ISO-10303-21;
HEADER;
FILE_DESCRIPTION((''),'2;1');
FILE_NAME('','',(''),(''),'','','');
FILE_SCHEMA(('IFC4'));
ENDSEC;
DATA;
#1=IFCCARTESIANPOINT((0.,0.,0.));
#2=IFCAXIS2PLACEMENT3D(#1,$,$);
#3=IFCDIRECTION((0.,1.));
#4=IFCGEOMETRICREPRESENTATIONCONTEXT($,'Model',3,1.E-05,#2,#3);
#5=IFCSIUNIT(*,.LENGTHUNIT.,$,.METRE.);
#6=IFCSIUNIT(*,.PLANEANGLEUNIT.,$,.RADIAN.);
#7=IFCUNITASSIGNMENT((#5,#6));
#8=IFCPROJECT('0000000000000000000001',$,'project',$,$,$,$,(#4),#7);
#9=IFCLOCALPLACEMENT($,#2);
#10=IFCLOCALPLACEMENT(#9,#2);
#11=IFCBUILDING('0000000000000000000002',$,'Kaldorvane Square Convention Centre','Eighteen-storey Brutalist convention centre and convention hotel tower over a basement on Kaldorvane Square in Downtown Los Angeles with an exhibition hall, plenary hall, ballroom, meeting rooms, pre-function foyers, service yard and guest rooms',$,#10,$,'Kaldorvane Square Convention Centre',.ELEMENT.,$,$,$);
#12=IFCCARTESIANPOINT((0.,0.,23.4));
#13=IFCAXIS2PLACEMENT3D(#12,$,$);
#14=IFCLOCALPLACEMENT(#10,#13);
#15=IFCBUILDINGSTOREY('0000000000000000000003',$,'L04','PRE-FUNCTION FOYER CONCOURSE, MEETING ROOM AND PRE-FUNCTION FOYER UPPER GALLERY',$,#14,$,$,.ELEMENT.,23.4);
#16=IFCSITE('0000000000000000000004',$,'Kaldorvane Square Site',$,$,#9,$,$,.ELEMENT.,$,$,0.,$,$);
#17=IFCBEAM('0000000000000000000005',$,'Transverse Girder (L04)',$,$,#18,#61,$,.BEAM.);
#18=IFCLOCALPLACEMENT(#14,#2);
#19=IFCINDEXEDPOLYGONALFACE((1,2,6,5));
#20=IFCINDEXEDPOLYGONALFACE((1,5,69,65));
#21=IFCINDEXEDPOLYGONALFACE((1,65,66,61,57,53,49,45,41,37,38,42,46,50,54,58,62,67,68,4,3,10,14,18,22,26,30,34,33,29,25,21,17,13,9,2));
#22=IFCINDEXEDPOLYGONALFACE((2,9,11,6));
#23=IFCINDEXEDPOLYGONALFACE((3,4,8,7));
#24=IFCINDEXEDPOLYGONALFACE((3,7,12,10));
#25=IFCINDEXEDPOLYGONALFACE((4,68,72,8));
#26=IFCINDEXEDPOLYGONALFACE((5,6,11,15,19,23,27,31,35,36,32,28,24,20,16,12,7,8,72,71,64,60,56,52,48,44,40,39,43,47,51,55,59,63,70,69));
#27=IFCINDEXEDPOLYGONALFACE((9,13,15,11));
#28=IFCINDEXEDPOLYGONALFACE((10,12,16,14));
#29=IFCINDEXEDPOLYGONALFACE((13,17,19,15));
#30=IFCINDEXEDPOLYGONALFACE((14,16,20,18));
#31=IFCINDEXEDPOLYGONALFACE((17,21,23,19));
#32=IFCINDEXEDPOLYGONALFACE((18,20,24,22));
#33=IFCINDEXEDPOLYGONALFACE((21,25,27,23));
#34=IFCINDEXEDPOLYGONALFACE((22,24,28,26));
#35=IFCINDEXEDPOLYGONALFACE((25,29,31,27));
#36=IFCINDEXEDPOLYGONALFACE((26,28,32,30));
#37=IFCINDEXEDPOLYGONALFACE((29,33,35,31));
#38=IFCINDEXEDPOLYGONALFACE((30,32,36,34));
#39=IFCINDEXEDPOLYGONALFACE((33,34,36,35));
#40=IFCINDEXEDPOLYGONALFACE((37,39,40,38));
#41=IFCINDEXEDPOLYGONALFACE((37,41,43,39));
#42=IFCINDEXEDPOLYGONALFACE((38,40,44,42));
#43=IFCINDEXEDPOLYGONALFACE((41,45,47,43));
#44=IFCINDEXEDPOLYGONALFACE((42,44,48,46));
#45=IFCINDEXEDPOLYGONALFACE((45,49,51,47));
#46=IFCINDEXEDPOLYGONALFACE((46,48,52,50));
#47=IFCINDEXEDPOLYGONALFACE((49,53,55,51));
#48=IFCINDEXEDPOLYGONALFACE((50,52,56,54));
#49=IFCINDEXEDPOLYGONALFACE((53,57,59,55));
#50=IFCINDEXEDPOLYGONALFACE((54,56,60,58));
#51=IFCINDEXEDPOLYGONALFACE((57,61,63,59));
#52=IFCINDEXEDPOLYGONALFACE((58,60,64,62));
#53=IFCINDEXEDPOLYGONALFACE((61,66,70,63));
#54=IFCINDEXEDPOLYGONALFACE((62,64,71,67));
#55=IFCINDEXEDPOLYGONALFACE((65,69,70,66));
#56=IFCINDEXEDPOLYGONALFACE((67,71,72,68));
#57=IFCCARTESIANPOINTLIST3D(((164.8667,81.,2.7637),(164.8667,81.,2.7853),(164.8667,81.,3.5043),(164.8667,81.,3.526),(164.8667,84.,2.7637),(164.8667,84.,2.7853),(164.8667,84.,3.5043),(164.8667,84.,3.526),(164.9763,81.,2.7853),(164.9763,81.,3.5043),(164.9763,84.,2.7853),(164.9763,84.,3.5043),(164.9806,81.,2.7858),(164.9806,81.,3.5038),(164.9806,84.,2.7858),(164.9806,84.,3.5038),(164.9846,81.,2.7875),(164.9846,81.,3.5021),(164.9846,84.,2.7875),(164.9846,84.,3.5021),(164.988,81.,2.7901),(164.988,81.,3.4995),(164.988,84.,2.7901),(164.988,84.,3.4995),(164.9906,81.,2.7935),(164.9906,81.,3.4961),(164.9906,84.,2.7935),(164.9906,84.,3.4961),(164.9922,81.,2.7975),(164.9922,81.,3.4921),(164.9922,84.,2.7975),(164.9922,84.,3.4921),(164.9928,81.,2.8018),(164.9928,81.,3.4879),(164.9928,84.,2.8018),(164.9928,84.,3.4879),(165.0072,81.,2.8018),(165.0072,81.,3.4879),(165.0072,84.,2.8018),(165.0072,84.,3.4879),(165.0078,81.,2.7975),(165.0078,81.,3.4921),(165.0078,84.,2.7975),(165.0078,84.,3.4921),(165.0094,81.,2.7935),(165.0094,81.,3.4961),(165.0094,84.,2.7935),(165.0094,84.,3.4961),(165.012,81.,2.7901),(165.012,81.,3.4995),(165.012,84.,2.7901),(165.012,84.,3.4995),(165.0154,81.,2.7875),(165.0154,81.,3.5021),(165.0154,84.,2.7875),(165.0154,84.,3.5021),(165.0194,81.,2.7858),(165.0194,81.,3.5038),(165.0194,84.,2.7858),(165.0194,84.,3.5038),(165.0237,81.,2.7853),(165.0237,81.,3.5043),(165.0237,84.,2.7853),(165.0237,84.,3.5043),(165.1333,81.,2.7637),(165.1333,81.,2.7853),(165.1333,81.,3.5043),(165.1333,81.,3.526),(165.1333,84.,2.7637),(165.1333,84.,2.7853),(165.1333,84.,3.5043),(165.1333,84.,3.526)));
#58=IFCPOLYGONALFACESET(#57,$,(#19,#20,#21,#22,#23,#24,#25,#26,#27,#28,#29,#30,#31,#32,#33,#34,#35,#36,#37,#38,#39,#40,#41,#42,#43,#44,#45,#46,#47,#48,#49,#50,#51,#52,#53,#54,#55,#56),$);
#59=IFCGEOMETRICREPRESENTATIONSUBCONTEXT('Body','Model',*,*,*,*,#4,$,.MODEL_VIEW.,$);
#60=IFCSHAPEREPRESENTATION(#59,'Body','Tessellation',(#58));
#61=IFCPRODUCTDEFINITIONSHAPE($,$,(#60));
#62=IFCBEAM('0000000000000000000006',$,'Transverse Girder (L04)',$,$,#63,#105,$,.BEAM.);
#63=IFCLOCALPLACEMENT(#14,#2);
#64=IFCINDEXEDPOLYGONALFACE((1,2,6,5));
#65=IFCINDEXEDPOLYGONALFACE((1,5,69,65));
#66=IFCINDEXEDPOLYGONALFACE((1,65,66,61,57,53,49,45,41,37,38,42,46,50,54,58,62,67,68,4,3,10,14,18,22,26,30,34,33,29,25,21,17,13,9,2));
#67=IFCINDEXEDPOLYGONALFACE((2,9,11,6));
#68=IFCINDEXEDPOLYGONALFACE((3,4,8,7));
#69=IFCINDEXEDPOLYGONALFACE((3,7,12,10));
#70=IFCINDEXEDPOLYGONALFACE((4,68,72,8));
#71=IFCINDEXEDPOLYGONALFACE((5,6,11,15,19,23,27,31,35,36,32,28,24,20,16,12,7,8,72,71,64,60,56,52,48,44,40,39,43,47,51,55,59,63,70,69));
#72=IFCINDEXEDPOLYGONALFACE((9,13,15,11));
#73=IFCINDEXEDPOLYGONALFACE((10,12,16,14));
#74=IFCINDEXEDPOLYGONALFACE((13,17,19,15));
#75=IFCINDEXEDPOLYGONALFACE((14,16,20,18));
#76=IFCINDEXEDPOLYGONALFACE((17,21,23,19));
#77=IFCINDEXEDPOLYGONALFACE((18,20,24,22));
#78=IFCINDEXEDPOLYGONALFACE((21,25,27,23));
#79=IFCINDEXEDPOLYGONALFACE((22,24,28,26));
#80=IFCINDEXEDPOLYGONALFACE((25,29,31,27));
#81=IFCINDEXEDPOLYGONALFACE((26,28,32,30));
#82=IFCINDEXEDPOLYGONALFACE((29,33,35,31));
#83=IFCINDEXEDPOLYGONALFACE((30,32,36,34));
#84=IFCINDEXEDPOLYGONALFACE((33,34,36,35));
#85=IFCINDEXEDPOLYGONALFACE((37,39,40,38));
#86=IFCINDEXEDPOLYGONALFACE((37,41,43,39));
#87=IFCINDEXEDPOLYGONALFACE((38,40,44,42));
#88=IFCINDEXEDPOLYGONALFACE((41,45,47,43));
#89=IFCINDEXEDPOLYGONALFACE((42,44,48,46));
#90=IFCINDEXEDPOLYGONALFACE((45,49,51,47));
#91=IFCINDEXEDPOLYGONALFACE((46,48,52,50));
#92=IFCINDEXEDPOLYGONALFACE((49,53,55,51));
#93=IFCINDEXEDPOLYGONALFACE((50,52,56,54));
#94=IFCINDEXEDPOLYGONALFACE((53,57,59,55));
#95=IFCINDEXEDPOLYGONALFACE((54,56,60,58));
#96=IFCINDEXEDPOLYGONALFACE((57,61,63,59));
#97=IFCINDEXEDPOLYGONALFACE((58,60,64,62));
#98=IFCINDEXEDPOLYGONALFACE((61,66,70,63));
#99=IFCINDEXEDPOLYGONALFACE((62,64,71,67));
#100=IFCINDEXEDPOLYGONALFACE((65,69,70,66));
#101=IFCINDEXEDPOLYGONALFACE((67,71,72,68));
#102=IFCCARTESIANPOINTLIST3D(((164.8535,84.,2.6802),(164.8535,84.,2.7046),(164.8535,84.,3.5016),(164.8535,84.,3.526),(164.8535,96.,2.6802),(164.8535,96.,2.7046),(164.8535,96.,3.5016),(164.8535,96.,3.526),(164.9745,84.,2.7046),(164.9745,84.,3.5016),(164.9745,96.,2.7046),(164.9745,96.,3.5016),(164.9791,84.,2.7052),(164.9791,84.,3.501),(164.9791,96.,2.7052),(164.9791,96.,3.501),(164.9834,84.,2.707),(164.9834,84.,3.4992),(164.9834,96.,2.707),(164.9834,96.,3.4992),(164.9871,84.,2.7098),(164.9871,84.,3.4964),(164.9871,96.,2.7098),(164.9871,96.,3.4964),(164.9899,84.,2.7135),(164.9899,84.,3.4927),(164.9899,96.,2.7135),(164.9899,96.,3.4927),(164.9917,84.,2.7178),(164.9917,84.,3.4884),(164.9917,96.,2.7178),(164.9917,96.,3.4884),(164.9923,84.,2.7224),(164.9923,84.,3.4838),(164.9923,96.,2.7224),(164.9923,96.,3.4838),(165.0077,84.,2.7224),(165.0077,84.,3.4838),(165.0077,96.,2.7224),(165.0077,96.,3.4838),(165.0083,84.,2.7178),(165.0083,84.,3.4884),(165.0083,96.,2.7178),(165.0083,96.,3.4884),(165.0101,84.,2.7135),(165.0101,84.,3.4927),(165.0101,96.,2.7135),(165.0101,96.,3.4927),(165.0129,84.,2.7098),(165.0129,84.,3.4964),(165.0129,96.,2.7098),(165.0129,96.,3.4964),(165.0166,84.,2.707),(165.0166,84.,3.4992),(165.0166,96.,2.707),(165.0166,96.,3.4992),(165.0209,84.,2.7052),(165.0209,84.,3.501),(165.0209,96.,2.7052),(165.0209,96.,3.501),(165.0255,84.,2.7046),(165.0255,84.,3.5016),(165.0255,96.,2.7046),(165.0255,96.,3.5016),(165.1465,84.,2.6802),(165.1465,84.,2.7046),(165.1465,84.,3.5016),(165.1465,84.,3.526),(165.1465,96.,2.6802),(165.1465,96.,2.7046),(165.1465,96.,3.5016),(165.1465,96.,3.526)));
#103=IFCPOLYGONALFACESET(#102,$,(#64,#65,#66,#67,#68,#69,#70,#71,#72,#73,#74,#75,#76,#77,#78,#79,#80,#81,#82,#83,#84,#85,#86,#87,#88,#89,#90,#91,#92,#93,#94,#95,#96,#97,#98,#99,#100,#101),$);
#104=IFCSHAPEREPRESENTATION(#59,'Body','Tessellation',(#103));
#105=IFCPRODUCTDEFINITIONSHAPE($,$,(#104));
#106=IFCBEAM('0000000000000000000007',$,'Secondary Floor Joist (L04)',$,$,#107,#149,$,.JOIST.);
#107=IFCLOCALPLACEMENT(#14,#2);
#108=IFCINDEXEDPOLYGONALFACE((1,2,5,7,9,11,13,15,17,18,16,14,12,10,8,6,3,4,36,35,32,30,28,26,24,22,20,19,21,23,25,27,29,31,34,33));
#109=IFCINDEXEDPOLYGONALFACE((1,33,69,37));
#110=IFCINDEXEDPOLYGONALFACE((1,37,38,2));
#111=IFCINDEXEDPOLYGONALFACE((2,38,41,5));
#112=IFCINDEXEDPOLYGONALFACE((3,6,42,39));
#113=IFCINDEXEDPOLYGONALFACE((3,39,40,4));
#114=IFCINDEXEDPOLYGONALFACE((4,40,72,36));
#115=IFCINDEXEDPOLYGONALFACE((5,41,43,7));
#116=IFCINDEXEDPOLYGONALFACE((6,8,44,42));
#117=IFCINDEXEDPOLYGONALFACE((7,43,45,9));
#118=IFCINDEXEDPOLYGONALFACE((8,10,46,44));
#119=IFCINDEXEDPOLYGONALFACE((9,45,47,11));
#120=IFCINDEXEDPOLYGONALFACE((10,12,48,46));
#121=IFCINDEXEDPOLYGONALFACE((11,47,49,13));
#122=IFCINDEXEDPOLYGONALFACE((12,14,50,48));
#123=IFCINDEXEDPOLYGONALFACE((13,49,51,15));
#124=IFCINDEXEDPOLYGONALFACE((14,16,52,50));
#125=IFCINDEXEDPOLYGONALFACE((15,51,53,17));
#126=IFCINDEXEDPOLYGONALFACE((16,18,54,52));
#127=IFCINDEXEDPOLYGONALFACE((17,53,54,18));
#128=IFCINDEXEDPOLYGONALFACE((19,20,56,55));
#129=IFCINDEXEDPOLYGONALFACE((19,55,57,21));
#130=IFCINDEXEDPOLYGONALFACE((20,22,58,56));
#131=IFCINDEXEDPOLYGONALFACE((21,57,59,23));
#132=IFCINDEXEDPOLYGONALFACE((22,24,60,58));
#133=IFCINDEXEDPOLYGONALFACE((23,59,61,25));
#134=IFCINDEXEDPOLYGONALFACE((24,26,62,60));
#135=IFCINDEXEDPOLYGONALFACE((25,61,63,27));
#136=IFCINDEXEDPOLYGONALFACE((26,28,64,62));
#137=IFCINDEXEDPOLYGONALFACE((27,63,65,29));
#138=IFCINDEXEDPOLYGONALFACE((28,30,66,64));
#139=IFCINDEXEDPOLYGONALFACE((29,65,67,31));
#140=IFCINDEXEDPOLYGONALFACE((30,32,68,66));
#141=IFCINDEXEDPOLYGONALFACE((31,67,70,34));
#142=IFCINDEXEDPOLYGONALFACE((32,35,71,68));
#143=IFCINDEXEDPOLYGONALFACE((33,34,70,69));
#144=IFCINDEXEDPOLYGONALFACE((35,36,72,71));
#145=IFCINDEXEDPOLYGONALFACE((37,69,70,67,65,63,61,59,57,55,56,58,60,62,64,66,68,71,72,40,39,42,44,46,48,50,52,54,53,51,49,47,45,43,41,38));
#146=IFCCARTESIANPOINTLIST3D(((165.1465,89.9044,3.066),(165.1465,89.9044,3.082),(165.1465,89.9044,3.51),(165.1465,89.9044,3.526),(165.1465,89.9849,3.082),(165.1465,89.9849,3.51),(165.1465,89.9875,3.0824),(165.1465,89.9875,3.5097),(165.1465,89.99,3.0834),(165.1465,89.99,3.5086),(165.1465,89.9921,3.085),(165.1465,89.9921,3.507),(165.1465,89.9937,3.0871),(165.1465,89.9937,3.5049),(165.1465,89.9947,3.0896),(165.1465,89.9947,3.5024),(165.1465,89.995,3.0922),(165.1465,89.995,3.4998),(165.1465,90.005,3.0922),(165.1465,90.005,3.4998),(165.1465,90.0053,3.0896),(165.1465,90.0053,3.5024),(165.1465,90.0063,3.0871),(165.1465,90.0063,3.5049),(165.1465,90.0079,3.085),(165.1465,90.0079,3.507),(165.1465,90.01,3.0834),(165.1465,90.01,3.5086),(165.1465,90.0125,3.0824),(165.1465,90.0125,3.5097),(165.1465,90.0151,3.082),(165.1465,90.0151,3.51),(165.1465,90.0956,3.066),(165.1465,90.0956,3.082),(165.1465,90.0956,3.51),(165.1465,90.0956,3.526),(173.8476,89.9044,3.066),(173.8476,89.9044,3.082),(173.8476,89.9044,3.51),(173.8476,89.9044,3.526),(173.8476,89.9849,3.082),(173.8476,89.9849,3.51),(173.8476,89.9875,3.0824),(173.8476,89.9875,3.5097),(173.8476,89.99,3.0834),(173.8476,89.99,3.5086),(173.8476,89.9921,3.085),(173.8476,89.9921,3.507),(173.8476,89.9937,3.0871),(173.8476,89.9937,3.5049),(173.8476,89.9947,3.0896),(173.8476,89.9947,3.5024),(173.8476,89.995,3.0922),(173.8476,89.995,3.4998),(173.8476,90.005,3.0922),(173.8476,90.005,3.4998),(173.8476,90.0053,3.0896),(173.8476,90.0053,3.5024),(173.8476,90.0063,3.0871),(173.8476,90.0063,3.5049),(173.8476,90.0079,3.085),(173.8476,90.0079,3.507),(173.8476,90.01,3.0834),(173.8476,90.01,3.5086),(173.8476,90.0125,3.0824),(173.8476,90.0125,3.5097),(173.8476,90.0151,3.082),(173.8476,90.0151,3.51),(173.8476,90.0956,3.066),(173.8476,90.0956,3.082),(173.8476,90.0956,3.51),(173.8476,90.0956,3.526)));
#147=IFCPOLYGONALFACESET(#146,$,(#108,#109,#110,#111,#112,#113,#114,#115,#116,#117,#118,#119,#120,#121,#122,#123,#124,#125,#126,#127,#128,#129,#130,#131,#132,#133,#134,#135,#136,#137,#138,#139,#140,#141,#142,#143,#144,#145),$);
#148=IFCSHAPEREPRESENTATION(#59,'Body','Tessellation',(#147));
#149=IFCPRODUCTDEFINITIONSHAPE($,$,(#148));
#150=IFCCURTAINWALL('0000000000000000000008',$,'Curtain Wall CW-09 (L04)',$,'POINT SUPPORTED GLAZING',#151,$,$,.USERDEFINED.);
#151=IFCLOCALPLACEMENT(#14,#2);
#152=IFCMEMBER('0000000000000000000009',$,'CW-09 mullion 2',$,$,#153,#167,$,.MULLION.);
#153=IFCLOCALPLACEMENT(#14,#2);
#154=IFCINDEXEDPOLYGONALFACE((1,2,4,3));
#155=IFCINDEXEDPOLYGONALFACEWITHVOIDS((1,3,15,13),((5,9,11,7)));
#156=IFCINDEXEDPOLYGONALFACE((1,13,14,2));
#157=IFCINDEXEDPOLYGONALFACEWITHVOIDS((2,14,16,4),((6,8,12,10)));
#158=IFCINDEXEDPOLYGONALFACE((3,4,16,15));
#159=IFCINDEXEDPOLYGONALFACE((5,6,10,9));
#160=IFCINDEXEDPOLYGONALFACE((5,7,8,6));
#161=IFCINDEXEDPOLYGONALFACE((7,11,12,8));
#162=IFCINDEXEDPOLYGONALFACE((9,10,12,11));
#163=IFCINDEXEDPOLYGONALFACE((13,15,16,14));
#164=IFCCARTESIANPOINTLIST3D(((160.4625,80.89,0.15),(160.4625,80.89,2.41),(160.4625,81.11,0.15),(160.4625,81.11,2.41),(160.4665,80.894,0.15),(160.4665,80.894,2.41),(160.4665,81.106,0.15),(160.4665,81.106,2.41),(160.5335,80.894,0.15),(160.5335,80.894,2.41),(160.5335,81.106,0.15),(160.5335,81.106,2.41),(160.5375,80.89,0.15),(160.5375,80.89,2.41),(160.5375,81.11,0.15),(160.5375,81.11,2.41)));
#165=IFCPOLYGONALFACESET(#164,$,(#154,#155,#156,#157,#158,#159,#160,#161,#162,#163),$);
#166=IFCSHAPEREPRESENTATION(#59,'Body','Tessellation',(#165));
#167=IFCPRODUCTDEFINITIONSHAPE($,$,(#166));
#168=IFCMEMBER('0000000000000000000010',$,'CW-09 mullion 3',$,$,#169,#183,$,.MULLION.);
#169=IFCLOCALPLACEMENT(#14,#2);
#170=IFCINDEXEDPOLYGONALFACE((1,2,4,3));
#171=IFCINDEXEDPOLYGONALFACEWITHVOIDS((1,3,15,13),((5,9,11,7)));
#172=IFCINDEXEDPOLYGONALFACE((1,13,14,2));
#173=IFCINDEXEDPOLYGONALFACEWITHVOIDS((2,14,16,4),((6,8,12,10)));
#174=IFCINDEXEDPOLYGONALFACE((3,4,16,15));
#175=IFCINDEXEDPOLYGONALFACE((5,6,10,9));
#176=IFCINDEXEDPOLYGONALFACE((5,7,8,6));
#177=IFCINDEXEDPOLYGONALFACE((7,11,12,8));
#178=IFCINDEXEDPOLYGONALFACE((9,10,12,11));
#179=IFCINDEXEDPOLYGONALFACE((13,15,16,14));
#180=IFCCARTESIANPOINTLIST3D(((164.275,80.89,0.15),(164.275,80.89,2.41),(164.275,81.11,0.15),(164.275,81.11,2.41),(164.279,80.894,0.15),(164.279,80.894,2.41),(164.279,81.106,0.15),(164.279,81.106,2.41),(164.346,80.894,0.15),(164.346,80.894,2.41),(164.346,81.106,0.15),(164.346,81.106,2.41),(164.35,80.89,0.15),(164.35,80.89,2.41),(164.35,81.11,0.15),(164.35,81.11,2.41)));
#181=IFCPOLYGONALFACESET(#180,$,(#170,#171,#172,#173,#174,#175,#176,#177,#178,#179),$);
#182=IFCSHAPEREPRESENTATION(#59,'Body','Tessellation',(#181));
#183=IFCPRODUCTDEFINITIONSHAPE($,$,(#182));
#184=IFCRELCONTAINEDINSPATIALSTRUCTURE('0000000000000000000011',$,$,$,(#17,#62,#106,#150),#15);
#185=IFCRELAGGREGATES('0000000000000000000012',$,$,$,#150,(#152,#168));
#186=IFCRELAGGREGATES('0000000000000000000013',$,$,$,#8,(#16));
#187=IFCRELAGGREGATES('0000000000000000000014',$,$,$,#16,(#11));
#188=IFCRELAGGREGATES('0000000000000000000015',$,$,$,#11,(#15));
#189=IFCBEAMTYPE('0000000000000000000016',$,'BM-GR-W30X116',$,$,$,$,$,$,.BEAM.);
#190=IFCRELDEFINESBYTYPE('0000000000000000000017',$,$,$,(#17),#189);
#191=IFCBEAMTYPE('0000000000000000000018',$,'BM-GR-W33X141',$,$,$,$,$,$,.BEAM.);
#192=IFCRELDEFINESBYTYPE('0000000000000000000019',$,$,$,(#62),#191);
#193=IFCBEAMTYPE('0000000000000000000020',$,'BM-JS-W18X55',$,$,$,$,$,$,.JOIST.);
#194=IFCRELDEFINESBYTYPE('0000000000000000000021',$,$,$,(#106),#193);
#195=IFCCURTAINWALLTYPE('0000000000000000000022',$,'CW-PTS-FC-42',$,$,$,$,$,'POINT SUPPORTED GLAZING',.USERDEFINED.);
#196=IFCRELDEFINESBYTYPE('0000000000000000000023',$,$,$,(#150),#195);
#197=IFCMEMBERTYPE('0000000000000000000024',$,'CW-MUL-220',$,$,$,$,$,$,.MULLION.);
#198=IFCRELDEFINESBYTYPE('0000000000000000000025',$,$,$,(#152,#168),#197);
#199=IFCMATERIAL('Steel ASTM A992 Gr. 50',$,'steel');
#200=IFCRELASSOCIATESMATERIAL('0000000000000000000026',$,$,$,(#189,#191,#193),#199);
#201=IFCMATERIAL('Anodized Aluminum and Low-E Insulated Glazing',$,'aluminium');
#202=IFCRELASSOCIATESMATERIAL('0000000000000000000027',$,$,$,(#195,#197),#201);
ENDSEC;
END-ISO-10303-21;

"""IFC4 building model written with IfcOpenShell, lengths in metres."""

from ifc_helpers import new_model, si_unit, direction, frame, origin, origin_2d, place, context, subcontext, project, spatial, hollow_rectangle, i_section, extrude, material, material_profile, profile_set, type_object, element, aggregate, save


model = new_model("IFC4")

# Units and contexts
model_context = context("Model", 3, precision=1e-05, world=origin(), true_north=direction((0.0, 1.0)))
body_context = subcontext(model_context, "Body", "Model", "MODEL_VIEW")
ifc_project = project(units=[si_unit("LENGTHUNIT", "METRE"), si_unit("PLANEANGLEUNIT", "RADIAN")], contexts=[model_context])

# Site, building, storey
site_placement = place(None, origin())
site = spatial("IfcSite", under=ifc_project, at=site_placement, Name="Kaldorvane Square Site", CompositionType="ELEMENT", RefElevation=0.0)
building_placement = place(site_placement, origin())
building = spatial("IfcBuilding", under=site, at=building_placement, Name="Kaldorvane Square Convention Centre", Description="Eighteen-storey Brutalist convention centre and convention hotel tower over a basement on Kaldorvane Square in Downtown Los Angeles with an exhibition hall, plenary hall, ballroom, meeting rooms, pre-function foyers, service yard and guest rooms", LongName="Kaldorvane Square Convention Centre", CompositionType="ELEMENT")
storey_placement = place(building_placement, frame((0.0, 0.0, 23.4)))
storey = spatial("IfcBuildingStorey", under=building, at=storey_placement, Name="L04", Description="PRE-FUNCTION FOYER CONCOURSE, MEETING ROOM AND PRE-FUNCTION FOYER UPPER GALLERY", CompositionType="ELEMENT", Elevation=23.4)

# Shared definitions
ifc_material_1 = material(Name="Steel ASTM A992 Gr. 50", Category="steel")

# Beams
ifc_material_profile_1 = material_profile(ifc_material_1, i_section(OverallWidth=0.2666, OverallDepth=0.7623, WebThickness=0.0144, FlangeThickness=0.0216, FilletRadius=0.0165, at=origin_2d()), Name="W30X116")
ifc_profile_set_1 = profile_set([ifc_material_profile_1], Name="Steel ASTM A992 Gr. 50")
beam_type_1 = type_object("IfcBeamType", Name="BM-GR-W30X116", PredefinedType="BEAM", material=ifc_profile_set_1)
beam_1_placement = place(storey_placement, frame((165.0, 81.0, 3.1448), z_axis=(0.0, 1.0, 0.0), x_axis=(-1.0, 0.0, 0.0)))
element("IfcBeam", 1, at=beam_1_placement, inside=storey, type_object=beam_type_1, Name="Transverse Girder (L04)", PredefinedType="BEAM", context=body_context, shape_type="SweptSolid", body=[
    extrude(i_section(OverallWidth=0.2666, OverallDepth=0.7623, WebThickness=0.0144, FlangeThickness=0.0216, FilletRadius=0.0165, at=origin_2d()), origin(), (0.0, 0.0, 1.0), 3.0),
])
ifc_material_profile_2 = material_profile(ifc_material_1, i_section(OverallWidth=0.293, OverallDepth=0.8458, WebThickness=0.0154, FlangeThickness=0.0244, FilletRadius=0.0178, at=origin_2d()), Name="W33X141")
ifc_profile_set_2 = profile_set([ifc_material_profile_2], Name="Steel ASTM A992 Gr. 50")
beam_type_2 = type_object("IfcBeamType", Name="BM-GR-W33X141", PredefinedType="BEAM", material=ifc_profile_set_2)
beam_2_placement = place(storey_placement, frame((165.0, 84.0, 3.1031), z_axis=(0.0, 1.0, 0.0), x_axis=(-1.0, 0.0, 0.0)))
element("IfcBeam", 2, at=beam_2_placement, inside=storey, type_object=beam_type_2, Name="Transverse Girder (L04)", PredefinedType="BEAM", context=body_context, shape_type="SweptSolid", body=[
    extrude(i_section(OverallWidth=0.293, OverallDepth=0.8458, WebThickness=0.0154, FlangeThickness=0.0244, FilletRadius=0.0178, at=origin_2d()), origin(), (0.0, 0.0, 1.0), 12.0),
])
ifc_material_profile_3 = material_profile(ifc_material_1, i_section(OverallWidth=0.1913, OverallDepth=0.46, WebThickness=0.0099, FlangeThickness=0.016, FilletRadius=0.0102, at=origin_2d()), Name="W18X55")
ifc_profile_set_3 = profile_set([ifc_material_profile_3], Name="Steel ASTM A992 Gr. 50")
beam_type_3 = type_object("IfcBeamType", Name="BM-JS-W18X55", PredefinedType="JOIST", material=ifc_profile_set_3)
beam_3_placement = place(storey_placement, frame((165.1465, 90.0, 3.296), z_axis=(1.0, 0.0, 0.0), x_axis=(0.0, 1.0, 0.0)))
element("IfcBeam", 3, at=beam_3_placement, inside=storey, type_object=beam_type_3, Name="Secondary Floor Joist (L04)", PredefinedType="JOIST", context=body_context, shape_type="SweptSolid", body=[
    extrude(i_section(OverallWidth=0.1913, OverallDepth=0.46, WebThickness=0.0099, FlangeThickness=0.016, FilletRadius=0.0102, at=origin_2d()), origin(), (0.0, 0.0, 1.0), 8.7011),
])

# Curtain wall, members
ifc_material_2 = material(Name="Anodized Aluminum and Low-E Insulated Glazing", Category="aluminium")
curtain_wall_type = type_object("IfcCurtainWallType", Name="CW-PTS-FC-42", ElementType="POINT SUPPORTED GLAZING", PredefinedType="USERDEFINED", material=ifc_material_2)
curtain_wall_1_placement = place(storey_placement, origin())
curtain_wall_1 = element("IfcCurtainWall", 4, at=curtain_wall_1_placement, inside=storey, type_object=curtain_wall_type, Name="Curtain Wall CW-09 (L04)", ObjectType="POINT SUPPORTED GLAZING", PredefinedType="USERDEFINED")
ifc_material_profile_4 = material_profile(ifc_material_2, hollow_rectangle(XDim=0.075, YDim=0.22, WallThickness=0.004, at=origin_2d()), Name="CWM-220X75")
ifc_profile_set_4 = profile_set([ifc_material_profile_4], Name="Anodized Aluminum and Low-E Insulated Glazing")
member_type_1 = type_object("IfcMemberType", Name="CW-MUL-220", PredefinedType="MULLION", material=ifc_profile_set_4)
member_1_placement = place(storey_placement, frame((160.5, 81.0, 0.15), z_axis=(0.0, 0.0, 1.0), x_axis=(1.0, 0.0, 0.0)))
member_1 = element("IfcMember", 5, at=member_1_placement, type_object=member_type_1, Name="CW-09 mullion 2", PredefinedType="MULLION", context=body_context, shape_type="SweptSolid", body=[
    extrude(hollow_rectangle(XDim=0.075, YDim=0.22, WallThickness=0.004, at=origin_2d()), origin(), (0.0, 0.0, 1.0), 2.26),
])
member_2_placement = place(storey_placement, frame((164.3125, 81.0, 0.15), z_axis=(0.0, 0.0, 1.0), x_axis=(1.0, 0.0, 0.0)))
member_2 = element("IfcMember", 6, at=member_2_placement, type_object=member_type_1, Name="CW-09 mullion 3", PredefinedType="MULLION", context=body_context, shape_type="SweptSolid", body=[
    extrude(hollow_rectangle(XDim=0.075, YDim=0.22, WallThickness=0.004, at=origin_2d()), origin(), (0.0, 0.0, 1.0), 2.26),
])

aggregate(curtain_wall_1, [member_1, member_2])

save(model, "model.ifc")
